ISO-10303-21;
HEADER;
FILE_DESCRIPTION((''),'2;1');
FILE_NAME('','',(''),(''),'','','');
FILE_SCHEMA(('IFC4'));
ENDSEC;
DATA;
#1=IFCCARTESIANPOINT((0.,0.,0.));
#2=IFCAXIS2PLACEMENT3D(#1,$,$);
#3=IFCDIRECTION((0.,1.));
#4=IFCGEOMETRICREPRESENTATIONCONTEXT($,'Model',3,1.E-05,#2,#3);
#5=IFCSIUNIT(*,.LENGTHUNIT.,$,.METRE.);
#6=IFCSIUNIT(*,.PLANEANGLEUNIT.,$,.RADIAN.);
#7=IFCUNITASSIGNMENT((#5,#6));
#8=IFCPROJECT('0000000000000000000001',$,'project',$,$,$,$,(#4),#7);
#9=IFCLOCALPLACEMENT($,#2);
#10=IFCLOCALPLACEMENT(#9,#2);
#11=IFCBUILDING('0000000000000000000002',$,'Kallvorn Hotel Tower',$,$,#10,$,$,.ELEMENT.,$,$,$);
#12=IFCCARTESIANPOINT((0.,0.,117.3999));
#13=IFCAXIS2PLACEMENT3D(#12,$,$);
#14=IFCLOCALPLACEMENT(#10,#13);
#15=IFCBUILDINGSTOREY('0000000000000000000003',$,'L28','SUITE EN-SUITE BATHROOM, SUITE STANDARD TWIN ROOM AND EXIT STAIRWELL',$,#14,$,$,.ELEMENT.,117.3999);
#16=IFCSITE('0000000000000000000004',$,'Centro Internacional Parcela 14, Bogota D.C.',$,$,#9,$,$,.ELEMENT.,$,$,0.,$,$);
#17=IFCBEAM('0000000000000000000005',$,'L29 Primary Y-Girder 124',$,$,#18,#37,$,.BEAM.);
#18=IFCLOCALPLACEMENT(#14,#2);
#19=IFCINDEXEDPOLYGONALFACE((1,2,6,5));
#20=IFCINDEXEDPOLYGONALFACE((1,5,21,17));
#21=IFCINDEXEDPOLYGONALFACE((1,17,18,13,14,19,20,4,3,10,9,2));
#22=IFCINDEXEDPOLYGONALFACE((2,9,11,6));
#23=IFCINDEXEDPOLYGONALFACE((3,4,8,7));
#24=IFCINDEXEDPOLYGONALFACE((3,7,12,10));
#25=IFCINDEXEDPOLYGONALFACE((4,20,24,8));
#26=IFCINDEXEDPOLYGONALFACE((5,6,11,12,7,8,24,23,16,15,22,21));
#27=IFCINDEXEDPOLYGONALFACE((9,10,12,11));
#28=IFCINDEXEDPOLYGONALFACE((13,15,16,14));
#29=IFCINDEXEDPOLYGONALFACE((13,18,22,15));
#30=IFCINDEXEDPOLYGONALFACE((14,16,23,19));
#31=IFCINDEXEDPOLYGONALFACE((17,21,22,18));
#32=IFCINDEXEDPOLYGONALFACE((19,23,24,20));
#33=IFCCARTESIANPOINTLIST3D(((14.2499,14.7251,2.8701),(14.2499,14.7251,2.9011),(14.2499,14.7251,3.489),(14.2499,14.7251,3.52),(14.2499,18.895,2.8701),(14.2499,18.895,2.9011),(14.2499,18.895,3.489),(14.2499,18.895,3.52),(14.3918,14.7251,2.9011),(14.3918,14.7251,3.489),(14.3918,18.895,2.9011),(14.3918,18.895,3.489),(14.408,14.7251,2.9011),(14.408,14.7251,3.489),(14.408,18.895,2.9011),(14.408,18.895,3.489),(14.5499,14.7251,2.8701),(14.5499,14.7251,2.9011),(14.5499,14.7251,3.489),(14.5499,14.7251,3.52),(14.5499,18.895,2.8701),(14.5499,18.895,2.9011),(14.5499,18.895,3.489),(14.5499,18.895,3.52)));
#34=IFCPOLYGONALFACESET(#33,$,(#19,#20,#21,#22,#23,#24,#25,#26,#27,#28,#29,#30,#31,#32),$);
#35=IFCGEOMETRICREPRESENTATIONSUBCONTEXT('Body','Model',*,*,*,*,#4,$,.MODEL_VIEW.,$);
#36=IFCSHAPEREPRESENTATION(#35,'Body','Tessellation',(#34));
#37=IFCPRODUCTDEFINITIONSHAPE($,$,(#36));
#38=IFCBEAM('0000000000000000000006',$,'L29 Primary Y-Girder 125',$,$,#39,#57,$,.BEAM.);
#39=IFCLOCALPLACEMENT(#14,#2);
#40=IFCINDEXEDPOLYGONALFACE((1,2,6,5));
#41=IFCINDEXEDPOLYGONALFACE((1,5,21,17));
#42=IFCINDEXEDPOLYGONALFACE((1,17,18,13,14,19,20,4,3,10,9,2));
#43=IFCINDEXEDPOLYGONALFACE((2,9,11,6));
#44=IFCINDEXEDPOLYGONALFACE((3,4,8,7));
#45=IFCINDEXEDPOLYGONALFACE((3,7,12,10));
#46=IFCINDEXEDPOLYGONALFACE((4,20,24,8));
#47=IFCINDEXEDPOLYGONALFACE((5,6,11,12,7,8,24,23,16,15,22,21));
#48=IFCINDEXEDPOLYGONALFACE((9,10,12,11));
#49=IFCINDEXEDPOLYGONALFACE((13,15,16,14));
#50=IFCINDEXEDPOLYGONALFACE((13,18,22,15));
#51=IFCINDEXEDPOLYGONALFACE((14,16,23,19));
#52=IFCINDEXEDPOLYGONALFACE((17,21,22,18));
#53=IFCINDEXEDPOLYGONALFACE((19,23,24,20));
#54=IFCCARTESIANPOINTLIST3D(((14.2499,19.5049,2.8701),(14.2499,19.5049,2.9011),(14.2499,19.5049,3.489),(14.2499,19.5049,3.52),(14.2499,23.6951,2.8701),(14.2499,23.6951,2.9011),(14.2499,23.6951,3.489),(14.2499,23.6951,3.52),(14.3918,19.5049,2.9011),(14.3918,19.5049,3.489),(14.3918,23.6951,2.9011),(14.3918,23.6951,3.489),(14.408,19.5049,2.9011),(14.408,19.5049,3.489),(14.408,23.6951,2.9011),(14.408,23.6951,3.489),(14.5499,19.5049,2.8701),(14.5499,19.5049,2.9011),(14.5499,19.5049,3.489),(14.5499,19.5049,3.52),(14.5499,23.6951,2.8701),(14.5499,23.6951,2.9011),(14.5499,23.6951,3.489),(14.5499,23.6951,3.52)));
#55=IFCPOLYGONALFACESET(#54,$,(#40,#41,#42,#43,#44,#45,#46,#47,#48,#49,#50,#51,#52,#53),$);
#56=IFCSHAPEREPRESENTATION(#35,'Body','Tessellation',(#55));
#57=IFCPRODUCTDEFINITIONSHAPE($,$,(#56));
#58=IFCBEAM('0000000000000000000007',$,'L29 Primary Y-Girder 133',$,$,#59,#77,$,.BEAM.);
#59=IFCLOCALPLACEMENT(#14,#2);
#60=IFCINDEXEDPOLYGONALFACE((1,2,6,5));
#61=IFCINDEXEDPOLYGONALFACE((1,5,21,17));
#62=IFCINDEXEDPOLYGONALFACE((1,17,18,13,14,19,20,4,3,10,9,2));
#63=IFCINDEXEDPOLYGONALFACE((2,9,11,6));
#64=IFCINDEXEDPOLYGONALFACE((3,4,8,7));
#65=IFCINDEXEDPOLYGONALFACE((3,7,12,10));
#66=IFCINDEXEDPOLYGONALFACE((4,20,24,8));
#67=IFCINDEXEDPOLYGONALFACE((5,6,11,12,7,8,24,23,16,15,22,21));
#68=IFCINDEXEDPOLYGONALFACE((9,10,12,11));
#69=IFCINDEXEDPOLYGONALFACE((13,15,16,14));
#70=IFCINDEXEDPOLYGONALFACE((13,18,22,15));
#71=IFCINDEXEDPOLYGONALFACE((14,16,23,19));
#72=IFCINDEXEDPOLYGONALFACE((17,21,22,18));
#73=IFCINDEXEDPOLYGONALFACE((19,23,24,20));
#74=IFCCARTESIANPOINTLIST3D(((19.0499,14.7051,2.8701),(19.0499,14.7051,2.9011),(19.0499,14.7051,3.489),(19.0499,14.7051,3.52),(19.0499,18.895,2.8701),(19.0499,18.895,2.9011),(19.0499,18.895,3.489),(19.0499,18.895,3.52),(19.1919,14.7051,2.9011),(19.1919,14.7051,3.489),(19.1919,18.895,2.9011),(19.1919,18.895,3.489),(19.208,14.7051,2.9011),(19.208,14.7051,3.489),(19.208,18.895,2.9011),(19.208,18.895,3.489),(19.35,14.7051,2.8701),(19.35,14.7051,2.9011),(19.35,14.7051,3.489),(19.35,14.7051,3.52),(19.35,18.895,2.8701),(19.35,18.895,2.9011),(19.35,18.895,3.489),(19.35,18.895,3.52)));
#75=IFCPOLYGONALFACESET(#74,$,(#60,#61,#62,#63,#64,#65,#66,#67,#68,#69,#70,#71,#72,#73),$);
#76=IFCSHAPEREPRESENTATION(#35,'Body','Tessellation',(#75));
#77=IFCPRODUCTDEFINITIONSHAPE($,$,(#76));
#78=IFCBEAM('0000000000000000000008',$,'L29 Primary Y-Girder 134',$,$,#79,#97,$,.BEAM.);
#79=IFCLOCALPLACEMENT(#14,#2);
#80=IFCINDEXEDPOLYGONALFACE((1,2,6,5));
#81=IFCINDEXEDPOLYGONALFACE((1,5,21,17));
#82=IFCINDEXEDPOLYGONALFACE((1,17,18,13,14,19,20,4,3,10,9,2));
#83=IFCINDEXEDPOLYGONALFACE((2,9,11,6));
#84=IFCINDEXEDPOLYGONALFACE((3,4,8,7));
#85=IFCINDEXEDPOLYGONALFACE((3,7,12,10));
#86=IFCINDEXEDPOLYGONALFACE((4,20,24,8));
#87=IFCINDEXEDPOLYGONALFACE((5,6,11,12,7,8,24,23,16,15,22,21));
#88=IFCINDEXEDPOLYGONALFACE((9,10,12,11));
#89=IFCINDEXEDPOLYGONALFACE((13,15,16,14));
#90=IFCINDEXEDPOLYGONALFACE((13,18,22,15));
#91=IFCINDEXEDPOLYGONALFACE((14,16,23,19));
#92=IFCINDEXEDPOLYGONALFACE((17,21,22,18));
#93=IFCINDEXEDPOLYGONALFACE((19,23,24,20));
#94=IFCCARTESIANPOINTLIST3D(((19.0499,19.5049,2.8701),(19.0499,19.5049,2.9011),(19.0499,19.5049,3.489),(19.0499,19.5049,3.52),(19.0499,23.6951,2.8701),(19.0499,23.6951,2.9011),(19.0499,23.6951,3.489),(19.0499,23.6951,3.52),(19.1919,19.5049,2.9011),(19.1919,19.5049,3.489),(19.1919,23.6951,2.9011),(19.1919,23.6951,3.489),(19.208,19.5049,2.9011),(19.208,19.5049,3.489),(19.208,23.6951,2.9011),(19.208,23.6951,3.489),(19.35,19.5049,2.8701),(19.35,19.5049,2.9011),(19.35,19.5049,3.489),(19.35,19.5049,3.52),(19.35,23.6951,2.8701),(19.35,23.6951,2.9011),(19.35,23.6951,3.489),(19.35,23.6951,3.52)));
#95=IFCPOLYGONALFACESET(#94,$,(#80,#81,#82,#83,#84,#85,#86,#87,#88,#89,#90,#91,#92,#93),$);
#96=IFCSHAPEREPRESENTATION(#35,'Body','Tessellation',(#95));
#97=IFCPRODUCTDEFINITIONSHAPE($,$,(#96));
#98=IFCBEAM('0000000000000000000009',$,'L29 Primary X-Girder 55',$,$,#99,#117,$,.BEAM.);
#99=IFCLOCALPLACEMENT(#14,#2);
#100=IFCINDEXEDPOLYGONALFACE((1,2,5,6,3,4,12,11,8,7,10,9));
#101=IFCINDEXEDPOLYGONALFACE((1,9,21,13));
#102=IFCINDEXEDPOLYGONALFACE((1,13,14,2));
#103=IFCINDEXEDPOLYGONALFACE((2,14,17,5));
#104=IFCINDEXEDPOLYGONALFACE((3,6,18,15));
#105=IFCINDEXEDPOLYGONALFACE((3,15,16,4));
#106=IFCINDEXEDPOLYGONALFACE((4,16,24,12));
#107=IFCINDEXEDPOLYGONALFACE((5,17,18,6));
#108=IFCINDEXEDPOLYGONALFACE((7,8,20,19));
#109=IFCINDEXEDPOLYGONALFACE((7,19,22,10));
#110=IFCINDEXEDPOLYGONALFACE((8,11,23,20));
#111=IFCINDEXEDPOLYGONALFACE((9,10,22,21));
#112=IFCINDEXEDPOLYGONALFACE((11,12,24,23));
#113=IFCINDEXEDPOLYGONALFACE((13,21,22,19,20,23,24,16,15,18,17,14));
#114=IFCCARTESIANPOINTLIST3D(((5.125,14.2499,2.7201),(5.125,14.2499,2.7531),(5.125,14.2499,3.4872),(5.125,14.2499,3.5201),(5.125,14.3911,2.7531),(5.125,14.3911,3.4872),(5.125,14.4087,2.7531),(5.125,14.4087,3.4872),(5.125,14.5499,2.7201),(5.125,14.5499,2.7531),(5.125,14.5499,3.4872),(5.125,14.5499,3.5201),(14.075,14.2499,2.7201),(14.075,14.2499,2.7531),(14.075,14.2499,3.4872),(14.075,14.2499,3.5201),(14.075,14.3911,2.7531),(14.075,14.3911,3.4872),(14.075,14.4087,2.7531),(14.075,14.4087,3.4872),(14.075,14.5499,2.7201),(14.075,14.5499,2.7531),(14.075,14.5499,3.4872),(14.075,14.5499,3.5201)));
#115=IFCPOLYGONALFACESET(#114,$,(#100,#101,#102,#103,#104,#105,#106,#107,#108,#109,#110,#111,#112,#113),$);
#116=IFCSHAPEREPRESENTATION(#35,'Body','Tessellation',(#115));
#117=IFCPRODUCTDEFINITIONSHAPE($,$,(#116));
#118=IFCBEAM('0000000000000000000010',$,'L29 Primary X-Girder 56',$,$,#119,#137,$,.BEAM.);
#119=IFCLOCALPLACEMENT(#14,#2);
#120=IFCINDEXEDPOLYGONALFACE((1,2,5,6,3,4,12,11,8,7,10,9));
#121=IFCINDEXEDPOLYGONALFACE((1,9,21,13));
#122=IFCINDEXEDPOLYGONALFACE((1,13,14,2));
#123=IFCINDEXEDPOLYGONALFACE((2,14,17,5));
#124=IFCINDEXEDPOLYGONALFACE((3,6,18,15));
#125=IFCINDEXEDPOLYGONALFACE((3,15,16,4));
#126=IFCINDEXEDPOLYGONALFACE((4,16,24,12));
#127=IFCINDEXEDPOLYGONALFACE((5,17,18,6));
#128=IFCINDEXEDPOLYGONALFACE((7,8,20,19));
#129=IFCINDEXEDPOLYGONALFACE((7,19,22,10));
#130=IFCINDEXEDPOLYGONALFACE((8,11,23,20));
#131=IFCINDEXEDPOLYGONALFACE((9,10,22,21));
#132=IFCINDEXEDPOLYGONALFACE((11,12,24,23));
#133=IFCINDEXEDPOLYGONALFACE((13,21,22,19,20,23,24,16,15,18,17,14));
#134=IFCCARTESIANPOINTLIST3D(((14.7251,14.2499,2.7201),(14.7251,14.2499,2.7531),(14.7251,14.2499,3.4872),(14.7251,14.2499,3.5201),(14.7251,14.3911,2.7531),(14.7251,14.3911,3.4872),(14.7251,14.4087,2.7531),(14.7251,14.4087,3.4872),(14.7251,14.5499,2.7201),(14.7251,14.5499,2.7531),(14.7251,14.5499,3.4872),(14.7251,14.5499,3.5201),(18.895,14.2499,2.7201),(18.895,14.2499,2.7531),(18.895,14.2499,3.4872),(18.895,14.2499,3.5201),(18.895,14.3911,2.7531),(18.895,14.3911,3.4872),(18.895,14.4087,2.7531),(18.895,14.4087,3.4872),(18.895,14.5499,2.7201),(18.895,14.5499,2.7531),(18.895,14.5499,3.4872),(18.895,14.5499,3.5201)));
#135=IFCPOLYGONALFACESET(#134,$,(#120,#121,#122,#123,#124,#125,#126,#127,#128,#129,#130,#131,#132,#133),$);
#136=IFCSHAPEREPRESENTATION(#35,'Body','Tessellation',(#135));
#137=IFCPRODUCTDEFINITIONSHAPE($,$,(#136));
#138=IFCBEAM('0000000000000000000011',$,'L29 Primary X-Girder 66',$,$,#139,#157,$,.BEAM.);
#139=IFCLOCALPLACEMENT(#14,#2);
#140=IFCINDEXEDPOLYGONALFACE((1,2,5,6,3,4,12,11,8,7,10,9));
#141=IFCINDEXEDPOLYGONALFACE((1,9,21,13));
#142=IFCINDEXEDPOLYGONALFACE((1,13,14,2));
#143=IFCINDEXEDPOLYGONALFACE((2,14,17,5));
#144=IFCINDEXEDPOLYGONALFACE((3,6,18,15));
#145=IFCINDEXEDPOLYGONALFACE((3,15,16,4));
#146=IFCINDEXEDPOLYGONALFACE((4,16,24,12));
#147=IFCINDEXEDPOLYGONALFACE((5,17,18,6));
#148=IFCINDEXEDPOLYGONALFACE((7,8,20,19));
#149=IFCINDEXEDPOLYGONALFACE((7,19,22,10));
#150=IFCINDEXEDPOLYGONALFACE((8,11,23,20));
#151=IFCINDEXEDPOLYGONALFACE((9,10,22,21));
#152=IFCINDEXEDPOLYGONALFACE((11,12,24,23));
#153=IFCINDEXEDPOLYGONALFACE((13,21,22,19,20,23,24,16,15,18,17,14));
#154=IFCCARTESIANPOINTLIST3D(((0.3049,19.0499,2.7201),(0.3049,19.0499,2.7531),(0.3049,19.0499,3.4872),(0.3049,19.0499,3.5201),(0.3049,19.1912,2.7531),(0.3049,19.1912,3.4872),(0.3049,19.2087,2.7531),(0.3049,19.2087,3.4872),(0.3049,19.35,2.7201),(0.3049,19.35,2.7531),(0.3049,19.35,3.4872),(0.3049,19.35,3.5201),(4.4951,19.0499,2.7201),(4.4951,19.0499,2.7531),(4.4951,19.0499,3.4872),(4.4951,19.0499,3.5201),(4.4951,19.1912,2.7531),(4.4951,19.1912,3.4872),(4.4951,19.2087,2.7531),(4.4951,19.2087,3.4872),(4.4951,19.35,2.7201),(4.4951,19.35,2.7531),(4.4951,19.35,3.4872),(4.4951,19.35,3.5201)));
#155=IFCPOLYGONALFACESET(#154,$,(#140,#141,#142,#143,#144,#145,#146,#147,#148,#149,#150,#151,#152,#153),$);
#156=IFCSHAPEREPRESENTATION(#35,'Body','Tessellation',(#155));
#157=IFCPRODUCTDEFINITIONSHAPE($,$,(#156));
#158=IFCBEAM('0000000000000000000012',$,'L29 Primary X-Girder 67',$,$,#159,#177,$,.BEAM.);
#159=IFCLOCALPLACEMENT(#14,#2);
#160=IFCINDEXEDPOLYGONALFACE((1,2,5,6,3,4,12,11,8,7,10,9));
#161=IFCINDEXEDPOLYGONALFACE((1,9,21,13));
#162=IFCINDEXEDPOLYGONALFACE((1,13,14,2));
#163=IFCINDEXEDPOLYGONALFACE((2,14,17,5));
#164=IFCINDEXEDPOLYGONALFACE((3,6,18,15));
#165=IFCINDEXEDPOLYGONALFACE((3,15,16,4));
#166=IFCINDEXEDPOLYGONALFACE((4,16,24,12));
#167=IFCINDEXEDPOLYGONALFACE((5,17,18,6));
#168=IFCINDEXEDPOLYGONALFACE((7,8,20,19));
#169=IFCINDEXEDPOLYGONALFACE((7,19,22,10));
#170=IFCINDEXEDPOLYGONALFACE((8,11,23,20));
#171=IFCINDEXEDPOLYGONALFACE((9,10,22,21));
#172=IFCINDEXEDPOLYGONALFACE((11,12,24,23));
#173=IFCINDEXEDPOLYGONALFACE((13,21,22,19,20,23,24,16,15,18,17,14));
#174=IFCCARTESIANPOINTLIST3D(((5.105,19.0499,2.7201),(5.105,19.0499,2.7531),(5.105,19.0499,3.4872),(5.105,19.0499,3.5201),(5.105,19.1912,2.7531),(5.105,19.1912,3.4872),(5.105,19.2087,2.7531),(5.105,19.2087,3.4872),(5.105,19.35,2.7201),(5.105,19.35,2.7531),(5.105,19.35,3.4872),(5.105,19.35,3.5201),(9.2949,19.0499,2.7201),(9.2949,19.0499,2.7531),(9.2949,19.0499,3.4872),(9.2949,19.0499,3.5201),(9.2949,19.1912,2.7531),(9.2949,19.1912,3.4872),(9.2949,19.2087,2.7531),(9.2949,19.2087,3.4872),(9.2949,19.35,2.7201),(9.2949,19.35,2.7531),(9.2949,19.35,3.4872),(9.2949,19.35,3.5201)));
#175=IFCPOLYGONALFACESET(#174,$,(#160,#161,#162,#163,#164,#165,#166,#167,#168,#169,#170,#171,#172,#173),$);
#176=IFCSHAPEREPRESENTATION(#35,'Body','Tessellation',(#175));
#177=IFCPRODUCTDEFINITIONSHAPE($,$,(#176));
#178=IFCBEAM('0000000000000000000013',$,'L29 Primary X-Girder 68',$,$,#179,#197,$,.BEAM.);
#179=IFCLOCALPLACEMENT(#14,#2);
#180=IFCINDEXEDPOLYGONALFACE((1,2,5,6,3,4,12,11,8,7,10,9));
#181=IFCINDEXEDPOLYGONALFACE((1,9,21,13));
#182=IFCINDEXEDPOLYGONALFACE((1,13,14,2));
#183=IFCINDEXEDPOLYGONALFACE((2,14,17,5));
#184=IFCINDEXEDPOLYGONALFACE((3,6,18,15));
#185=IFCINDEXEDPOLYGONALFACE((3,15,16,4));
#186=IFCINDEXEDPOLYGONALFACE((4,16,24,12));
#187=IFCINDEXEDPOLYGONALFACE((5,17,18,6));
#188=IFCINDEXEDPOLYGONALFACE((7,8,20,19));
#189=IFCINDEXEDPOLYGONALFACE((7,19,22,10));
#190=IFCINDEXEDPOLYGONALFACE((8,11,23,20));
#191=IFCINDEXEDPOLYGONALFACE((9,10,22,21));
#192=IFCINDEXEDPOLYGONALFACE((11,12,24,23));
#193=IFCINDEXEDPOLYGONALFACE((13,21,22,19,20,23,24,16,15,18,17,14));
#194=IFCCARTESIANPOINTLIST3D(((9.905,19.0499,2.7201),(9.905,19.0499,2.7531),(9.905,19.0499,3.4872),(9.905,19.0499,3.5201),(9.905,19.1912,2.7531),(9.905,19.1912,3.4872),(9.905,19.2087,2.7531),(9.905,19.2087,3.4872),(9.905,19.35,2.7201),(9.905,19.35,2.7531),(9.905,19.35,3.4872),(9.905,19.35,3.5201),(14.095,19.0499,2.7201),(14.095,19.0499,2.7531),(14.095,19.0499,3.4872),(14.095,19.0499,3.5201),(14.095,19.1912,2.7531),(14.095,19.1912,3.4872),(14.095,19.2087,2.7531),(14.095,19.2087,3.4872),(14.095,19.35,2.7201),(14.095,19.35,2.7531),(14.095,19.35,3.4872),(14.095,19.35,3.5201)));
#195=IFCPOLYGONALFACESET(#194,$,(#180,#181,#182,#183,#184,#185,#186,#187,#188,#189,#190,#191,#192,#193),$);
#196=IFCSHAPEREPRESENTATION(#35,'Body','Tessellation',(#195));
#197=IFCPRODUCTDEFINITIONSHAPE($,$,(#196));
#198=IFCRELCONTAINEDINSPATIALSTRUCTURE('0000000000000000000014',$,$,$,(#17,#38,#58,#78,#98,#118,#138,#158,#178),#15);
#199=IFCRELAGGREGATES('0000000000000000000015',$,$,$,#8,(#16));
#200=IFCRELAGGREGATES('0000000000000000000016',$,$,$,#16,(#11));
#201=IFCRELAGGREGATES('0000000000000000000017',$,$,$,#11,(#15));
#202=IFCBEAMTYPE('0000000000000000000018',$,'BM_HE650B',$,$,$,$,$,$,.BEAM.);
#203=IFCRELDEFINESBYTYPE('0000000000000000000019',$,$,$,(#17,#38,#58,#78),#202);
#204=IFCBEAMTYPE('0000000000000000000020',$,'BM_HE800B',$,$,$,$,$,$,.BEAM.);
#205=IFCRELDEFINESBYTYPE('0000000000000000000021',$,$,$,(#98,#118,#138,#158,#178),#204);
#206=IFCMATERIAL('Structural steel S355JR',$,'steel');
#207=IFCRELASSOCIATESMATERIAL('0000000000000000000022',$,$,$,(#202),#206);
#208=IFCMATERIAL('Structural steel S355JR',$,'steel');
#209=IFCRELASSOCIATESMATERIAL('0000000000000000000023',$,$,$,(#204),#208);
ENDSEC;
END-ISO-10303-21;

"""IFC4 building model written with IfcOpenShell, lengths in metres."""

from ifc_helpers import new_model, si_unit, direction, frame, origin, origin_2d, place, context, subcontext, project, spatial, i_section, extrude, material, material_profile, profile_set, type_object, element, save


model = new_model("IFC4")

# Units and contexts
model_context = context("Model", 3, precision=1e-05, world=origin(), true_north=direction((0.0, 1.0)))
body_context = subcontext(model_context, "Body", "Model", "MODEL_VIEW")
ifc_project = project(units=[si_unit("LENGTHUNIT", "METRE"), si_unit("PLANEANGLEUNIT", "RADIAN")], contexts=[model_context])

# Site, building, storey
site_placement = place(None, origin())
site = spatial("IfcSite", under=ifc_project, at=site_placement, Name="Centro Internacional Parcela 14, Bogota D.C.", CompositionType="ELEMENT", RefElevation=0.0)
building_placement = place(site_placement, origin())
building = spatial("IfcBuilding", under=site, at=building_placement, Name="Kallvorn Hotel Tower", CompositionType="ELEMENT")
storey_placement = place(building_placement, frame((0.0, 0.0, 117.3999)))
storey = spatial("IfcBuildingStorey", under=building, at=storey_placement, Name="L28", Description="SUITE EN-SUITE BATHROOM, SUITE STANDARD TWIN ROOM AND EXIT STAIRWELL", CompositionType="ELEMENT", Elevation=117.3999)

# Beams
ifc_material_1 = material(Name="Structural steel S355JR", Category="steel")
ifc_material_profile_1 = material_profile(ifc_material_1, i_section(OverallWidth=0.3, OverallDepth=0.6499, WebThickness=0.0161, FlangeThickness=0.031, at=origin_2d()), Name="HE 650 B")
ifc_profile_set_1 = profile_set([ifc_material_profile_1], Name="Structural steel S355JR")
beam_type_1 = type_object("IfcBeamType", Name="BM_HE650B", PredefinedType="BEAM", material=ifc_profile_set_1)
beam_1_placement = place(storey_placement, frame((14.3999, 14.7251, 3.1951), z_axis=(0.0, 1.0, 0.0), x_axis=(-1.0, 0.0, 0.0)))
element("IfcBeam", 1, at=beam_1_placement, inside=storey, type_object=beam_type_1, Name="L29 Primary Y-Girder 124", PredefinedType="BEAM", context=body_context, shape_type="SweptSolid", body=[
    extrude(i_section(OverallWidth=0.3, OverallDepth=0.6499, WebThickness=0.0161, FlangeThickness=0.031, at=origin_2d()), origin(), (0.0, 0.0, 1.0), 4.1699),
])
beam_2_placement = place(storey_placement, frame((14.3999, 19.5049, 3.1951), z_axis=(0.0, 1.0, 0.0), x_axis=(-1.0, 0.0, 0.0)))
element("IfcBeam", 2, at=beam_2_placement, inside=storey, type_object=beam_type_1, Name="L29 Primary Y-Girder 125", PredefinedType="BEAM", context=body_context, shape_type="SweptSolid", body=[
    extrude(i_section(OverallWidth=0.3, OverallDepth=0.6499, WebThickness=0.0161, FlangeThickness=0.031, at=origin_2d()), origin(), (0.0, 0.0, 1.0), 4.1902),
])
beam_3_placement = place(storey_placement, frame((19.2, 14.7051, 3.1951), z_axis=(0.0, 1.0, 0.0), x_axis=(-1.0, 0.0, 0.0)))
element("IfcBeam", 3, at=beam_3_placement, inside=storey, type_object=beam_type_1, Name="L29 Primary Y-Girder 133", PredefinedType="BEAM", context=body_context, shape_type="SweptSolid", body=[
    extrude(i_section(OverallWidth=0.3, OverallDepth=0.6499, WebThickness=0.0161, FlangeThickness=0.031, at=origin_2d()), origin(), (0.0, 0.0, 1.0), 4.1899),
])
beam_4_placement = place(storey_placement, frame((19.2, 19.5049, 3.1951), z_axis=(0.0, 1.0, 0.0), x_axis=(-1.0, 0.0, 0.0)))
element("IfcBeam", 4, at=beam_4_placement, inside=storey, type_object=beam_type_1, Name="L29 Primary Y-Girder 134", PredefinedType="BEAM", context=body_context, shape_type="SweptSolid", body=[
    extrude(i_section(OverallWidth=0.3, OverallDepth=0.6499, WebThickness=0.0161, FlangeThickness=0.031, at=origin_2d()), origin(), (0.0, 0.0, 1.0), 4.1902),
])
ifc_material_2 = material(Name="Structural steel S355JR", Category="steel")
ifc_material_profile_2 = material_profile(ifc_material_2, i_section(OverallWidth=0.3, OverallDepth=0.8, WebThickness=0.0176, FlangeThickness=0.033, at=origin_2d()), Name="HE 800 B")
ifc_profile_set_2 = profile_set([ifc_material_profile_2], Name="Structural steel S355JR")
beam_type_2 = type_object("IfcBeamType", Name="BM_HE800B", PredefinedType="BEAM", material=ifc_profile_set_2)
beam_5_placement = place(storey_placement, frame((5.125, 14.3999, 3.1201), z_axis=(1.0, 0.0, 0.0), x_axis=(0.0, 1.0, 0.0)))
element("IfcBeam", 5, at=beam_5_placement, inside=storey, type_object=beam_type_2, Name="L29 Primary X-Girder 55", PredefinedType="BEAM", context=body_context, shape_type="SweptSolid", body=[
    extrude(i_section(OverallWidth=0.3, OverallDepth=0.8, WebThickness=0.0176, FlangeThickness=0.033, at=origin_2d()), origin(), (0.0, 0.0, 1.0), 8.95),
])
beam_6_placement = place(storey_placement, frame((14.7251, 14.3999, 3.1201), z_axis=(1.0, 0.0, 0.0), x_axis=(0.0, 1.0, 0.0)))
element("IfcBeam", 6, at=beam_6_placement, inside=storey, type_object=beam_type_2, Name="L29 Primary X-Girder 56", PredefinedType="BEAM", context=body_context, shape_type="SweptSolid", body=[
    extrude(i_section(OverallWidth=0.3, OverallDepth=0.8, WebThickness=0.0176, FlangeThickness=0.033, at=origin_2d()), origin(), (0.0, 0.0, 1.0), 4.1699),
])
beam_7_placement = place(storey_placement, frame((0.3049, 19.2, 3.1201), z_axis=(1.0, 0.0, 0.0), x_axis=(0.0, 1.0, 0.0)))
element("IfcBeam", 7, at=beam_7_placement, inside=storey, type_object=beam_type_2, Name="L29 Primary X-Girder 66", PredefinedType="BEAM", context=body_context, shape_type="SweptSolid", body=[
    extrude(i_section(OverallWidth=0.3, OverallDepth=0.8, WebThickness=0.0176, FlangeThickness=0.033, at=origin_2d()), origin(), (0.0, 0.0, 1.0), 4.1902),
])
for number, where, z_axis, x_axis, name in (
    (8, (5.105, 19.2, 3.1201), (1.0, 0.0, 0.0), (0.0, 1.0, 0.0), "L29 Primary X-Girder 67"),
    (9, (9.905, 19.2, 3.1201), (1.0, 0.0, 0.0), (0.0, 1.0, 0.0), "L29 Primary X-Girder 68"),
):
    element("IfcBeam", number, at=place(storey_placement, frame(where, z_axis=z_axis, x_axis=x_axis)), inside=storey, type_object=beam_type_2, Name=name, PredefinedType="BEAM", context=body_context, shape_type="SweptSolid", body=[
        extrude(i_section(OverallWidth=0.3, OverallDepth=0.8, WebThickness=0.0176, FlangeThickness=0.033, at=origin_2d()), origin(), (0.0, 0.0, 1.0), 4.1899),
    ])

save(model, "model.ifc")
